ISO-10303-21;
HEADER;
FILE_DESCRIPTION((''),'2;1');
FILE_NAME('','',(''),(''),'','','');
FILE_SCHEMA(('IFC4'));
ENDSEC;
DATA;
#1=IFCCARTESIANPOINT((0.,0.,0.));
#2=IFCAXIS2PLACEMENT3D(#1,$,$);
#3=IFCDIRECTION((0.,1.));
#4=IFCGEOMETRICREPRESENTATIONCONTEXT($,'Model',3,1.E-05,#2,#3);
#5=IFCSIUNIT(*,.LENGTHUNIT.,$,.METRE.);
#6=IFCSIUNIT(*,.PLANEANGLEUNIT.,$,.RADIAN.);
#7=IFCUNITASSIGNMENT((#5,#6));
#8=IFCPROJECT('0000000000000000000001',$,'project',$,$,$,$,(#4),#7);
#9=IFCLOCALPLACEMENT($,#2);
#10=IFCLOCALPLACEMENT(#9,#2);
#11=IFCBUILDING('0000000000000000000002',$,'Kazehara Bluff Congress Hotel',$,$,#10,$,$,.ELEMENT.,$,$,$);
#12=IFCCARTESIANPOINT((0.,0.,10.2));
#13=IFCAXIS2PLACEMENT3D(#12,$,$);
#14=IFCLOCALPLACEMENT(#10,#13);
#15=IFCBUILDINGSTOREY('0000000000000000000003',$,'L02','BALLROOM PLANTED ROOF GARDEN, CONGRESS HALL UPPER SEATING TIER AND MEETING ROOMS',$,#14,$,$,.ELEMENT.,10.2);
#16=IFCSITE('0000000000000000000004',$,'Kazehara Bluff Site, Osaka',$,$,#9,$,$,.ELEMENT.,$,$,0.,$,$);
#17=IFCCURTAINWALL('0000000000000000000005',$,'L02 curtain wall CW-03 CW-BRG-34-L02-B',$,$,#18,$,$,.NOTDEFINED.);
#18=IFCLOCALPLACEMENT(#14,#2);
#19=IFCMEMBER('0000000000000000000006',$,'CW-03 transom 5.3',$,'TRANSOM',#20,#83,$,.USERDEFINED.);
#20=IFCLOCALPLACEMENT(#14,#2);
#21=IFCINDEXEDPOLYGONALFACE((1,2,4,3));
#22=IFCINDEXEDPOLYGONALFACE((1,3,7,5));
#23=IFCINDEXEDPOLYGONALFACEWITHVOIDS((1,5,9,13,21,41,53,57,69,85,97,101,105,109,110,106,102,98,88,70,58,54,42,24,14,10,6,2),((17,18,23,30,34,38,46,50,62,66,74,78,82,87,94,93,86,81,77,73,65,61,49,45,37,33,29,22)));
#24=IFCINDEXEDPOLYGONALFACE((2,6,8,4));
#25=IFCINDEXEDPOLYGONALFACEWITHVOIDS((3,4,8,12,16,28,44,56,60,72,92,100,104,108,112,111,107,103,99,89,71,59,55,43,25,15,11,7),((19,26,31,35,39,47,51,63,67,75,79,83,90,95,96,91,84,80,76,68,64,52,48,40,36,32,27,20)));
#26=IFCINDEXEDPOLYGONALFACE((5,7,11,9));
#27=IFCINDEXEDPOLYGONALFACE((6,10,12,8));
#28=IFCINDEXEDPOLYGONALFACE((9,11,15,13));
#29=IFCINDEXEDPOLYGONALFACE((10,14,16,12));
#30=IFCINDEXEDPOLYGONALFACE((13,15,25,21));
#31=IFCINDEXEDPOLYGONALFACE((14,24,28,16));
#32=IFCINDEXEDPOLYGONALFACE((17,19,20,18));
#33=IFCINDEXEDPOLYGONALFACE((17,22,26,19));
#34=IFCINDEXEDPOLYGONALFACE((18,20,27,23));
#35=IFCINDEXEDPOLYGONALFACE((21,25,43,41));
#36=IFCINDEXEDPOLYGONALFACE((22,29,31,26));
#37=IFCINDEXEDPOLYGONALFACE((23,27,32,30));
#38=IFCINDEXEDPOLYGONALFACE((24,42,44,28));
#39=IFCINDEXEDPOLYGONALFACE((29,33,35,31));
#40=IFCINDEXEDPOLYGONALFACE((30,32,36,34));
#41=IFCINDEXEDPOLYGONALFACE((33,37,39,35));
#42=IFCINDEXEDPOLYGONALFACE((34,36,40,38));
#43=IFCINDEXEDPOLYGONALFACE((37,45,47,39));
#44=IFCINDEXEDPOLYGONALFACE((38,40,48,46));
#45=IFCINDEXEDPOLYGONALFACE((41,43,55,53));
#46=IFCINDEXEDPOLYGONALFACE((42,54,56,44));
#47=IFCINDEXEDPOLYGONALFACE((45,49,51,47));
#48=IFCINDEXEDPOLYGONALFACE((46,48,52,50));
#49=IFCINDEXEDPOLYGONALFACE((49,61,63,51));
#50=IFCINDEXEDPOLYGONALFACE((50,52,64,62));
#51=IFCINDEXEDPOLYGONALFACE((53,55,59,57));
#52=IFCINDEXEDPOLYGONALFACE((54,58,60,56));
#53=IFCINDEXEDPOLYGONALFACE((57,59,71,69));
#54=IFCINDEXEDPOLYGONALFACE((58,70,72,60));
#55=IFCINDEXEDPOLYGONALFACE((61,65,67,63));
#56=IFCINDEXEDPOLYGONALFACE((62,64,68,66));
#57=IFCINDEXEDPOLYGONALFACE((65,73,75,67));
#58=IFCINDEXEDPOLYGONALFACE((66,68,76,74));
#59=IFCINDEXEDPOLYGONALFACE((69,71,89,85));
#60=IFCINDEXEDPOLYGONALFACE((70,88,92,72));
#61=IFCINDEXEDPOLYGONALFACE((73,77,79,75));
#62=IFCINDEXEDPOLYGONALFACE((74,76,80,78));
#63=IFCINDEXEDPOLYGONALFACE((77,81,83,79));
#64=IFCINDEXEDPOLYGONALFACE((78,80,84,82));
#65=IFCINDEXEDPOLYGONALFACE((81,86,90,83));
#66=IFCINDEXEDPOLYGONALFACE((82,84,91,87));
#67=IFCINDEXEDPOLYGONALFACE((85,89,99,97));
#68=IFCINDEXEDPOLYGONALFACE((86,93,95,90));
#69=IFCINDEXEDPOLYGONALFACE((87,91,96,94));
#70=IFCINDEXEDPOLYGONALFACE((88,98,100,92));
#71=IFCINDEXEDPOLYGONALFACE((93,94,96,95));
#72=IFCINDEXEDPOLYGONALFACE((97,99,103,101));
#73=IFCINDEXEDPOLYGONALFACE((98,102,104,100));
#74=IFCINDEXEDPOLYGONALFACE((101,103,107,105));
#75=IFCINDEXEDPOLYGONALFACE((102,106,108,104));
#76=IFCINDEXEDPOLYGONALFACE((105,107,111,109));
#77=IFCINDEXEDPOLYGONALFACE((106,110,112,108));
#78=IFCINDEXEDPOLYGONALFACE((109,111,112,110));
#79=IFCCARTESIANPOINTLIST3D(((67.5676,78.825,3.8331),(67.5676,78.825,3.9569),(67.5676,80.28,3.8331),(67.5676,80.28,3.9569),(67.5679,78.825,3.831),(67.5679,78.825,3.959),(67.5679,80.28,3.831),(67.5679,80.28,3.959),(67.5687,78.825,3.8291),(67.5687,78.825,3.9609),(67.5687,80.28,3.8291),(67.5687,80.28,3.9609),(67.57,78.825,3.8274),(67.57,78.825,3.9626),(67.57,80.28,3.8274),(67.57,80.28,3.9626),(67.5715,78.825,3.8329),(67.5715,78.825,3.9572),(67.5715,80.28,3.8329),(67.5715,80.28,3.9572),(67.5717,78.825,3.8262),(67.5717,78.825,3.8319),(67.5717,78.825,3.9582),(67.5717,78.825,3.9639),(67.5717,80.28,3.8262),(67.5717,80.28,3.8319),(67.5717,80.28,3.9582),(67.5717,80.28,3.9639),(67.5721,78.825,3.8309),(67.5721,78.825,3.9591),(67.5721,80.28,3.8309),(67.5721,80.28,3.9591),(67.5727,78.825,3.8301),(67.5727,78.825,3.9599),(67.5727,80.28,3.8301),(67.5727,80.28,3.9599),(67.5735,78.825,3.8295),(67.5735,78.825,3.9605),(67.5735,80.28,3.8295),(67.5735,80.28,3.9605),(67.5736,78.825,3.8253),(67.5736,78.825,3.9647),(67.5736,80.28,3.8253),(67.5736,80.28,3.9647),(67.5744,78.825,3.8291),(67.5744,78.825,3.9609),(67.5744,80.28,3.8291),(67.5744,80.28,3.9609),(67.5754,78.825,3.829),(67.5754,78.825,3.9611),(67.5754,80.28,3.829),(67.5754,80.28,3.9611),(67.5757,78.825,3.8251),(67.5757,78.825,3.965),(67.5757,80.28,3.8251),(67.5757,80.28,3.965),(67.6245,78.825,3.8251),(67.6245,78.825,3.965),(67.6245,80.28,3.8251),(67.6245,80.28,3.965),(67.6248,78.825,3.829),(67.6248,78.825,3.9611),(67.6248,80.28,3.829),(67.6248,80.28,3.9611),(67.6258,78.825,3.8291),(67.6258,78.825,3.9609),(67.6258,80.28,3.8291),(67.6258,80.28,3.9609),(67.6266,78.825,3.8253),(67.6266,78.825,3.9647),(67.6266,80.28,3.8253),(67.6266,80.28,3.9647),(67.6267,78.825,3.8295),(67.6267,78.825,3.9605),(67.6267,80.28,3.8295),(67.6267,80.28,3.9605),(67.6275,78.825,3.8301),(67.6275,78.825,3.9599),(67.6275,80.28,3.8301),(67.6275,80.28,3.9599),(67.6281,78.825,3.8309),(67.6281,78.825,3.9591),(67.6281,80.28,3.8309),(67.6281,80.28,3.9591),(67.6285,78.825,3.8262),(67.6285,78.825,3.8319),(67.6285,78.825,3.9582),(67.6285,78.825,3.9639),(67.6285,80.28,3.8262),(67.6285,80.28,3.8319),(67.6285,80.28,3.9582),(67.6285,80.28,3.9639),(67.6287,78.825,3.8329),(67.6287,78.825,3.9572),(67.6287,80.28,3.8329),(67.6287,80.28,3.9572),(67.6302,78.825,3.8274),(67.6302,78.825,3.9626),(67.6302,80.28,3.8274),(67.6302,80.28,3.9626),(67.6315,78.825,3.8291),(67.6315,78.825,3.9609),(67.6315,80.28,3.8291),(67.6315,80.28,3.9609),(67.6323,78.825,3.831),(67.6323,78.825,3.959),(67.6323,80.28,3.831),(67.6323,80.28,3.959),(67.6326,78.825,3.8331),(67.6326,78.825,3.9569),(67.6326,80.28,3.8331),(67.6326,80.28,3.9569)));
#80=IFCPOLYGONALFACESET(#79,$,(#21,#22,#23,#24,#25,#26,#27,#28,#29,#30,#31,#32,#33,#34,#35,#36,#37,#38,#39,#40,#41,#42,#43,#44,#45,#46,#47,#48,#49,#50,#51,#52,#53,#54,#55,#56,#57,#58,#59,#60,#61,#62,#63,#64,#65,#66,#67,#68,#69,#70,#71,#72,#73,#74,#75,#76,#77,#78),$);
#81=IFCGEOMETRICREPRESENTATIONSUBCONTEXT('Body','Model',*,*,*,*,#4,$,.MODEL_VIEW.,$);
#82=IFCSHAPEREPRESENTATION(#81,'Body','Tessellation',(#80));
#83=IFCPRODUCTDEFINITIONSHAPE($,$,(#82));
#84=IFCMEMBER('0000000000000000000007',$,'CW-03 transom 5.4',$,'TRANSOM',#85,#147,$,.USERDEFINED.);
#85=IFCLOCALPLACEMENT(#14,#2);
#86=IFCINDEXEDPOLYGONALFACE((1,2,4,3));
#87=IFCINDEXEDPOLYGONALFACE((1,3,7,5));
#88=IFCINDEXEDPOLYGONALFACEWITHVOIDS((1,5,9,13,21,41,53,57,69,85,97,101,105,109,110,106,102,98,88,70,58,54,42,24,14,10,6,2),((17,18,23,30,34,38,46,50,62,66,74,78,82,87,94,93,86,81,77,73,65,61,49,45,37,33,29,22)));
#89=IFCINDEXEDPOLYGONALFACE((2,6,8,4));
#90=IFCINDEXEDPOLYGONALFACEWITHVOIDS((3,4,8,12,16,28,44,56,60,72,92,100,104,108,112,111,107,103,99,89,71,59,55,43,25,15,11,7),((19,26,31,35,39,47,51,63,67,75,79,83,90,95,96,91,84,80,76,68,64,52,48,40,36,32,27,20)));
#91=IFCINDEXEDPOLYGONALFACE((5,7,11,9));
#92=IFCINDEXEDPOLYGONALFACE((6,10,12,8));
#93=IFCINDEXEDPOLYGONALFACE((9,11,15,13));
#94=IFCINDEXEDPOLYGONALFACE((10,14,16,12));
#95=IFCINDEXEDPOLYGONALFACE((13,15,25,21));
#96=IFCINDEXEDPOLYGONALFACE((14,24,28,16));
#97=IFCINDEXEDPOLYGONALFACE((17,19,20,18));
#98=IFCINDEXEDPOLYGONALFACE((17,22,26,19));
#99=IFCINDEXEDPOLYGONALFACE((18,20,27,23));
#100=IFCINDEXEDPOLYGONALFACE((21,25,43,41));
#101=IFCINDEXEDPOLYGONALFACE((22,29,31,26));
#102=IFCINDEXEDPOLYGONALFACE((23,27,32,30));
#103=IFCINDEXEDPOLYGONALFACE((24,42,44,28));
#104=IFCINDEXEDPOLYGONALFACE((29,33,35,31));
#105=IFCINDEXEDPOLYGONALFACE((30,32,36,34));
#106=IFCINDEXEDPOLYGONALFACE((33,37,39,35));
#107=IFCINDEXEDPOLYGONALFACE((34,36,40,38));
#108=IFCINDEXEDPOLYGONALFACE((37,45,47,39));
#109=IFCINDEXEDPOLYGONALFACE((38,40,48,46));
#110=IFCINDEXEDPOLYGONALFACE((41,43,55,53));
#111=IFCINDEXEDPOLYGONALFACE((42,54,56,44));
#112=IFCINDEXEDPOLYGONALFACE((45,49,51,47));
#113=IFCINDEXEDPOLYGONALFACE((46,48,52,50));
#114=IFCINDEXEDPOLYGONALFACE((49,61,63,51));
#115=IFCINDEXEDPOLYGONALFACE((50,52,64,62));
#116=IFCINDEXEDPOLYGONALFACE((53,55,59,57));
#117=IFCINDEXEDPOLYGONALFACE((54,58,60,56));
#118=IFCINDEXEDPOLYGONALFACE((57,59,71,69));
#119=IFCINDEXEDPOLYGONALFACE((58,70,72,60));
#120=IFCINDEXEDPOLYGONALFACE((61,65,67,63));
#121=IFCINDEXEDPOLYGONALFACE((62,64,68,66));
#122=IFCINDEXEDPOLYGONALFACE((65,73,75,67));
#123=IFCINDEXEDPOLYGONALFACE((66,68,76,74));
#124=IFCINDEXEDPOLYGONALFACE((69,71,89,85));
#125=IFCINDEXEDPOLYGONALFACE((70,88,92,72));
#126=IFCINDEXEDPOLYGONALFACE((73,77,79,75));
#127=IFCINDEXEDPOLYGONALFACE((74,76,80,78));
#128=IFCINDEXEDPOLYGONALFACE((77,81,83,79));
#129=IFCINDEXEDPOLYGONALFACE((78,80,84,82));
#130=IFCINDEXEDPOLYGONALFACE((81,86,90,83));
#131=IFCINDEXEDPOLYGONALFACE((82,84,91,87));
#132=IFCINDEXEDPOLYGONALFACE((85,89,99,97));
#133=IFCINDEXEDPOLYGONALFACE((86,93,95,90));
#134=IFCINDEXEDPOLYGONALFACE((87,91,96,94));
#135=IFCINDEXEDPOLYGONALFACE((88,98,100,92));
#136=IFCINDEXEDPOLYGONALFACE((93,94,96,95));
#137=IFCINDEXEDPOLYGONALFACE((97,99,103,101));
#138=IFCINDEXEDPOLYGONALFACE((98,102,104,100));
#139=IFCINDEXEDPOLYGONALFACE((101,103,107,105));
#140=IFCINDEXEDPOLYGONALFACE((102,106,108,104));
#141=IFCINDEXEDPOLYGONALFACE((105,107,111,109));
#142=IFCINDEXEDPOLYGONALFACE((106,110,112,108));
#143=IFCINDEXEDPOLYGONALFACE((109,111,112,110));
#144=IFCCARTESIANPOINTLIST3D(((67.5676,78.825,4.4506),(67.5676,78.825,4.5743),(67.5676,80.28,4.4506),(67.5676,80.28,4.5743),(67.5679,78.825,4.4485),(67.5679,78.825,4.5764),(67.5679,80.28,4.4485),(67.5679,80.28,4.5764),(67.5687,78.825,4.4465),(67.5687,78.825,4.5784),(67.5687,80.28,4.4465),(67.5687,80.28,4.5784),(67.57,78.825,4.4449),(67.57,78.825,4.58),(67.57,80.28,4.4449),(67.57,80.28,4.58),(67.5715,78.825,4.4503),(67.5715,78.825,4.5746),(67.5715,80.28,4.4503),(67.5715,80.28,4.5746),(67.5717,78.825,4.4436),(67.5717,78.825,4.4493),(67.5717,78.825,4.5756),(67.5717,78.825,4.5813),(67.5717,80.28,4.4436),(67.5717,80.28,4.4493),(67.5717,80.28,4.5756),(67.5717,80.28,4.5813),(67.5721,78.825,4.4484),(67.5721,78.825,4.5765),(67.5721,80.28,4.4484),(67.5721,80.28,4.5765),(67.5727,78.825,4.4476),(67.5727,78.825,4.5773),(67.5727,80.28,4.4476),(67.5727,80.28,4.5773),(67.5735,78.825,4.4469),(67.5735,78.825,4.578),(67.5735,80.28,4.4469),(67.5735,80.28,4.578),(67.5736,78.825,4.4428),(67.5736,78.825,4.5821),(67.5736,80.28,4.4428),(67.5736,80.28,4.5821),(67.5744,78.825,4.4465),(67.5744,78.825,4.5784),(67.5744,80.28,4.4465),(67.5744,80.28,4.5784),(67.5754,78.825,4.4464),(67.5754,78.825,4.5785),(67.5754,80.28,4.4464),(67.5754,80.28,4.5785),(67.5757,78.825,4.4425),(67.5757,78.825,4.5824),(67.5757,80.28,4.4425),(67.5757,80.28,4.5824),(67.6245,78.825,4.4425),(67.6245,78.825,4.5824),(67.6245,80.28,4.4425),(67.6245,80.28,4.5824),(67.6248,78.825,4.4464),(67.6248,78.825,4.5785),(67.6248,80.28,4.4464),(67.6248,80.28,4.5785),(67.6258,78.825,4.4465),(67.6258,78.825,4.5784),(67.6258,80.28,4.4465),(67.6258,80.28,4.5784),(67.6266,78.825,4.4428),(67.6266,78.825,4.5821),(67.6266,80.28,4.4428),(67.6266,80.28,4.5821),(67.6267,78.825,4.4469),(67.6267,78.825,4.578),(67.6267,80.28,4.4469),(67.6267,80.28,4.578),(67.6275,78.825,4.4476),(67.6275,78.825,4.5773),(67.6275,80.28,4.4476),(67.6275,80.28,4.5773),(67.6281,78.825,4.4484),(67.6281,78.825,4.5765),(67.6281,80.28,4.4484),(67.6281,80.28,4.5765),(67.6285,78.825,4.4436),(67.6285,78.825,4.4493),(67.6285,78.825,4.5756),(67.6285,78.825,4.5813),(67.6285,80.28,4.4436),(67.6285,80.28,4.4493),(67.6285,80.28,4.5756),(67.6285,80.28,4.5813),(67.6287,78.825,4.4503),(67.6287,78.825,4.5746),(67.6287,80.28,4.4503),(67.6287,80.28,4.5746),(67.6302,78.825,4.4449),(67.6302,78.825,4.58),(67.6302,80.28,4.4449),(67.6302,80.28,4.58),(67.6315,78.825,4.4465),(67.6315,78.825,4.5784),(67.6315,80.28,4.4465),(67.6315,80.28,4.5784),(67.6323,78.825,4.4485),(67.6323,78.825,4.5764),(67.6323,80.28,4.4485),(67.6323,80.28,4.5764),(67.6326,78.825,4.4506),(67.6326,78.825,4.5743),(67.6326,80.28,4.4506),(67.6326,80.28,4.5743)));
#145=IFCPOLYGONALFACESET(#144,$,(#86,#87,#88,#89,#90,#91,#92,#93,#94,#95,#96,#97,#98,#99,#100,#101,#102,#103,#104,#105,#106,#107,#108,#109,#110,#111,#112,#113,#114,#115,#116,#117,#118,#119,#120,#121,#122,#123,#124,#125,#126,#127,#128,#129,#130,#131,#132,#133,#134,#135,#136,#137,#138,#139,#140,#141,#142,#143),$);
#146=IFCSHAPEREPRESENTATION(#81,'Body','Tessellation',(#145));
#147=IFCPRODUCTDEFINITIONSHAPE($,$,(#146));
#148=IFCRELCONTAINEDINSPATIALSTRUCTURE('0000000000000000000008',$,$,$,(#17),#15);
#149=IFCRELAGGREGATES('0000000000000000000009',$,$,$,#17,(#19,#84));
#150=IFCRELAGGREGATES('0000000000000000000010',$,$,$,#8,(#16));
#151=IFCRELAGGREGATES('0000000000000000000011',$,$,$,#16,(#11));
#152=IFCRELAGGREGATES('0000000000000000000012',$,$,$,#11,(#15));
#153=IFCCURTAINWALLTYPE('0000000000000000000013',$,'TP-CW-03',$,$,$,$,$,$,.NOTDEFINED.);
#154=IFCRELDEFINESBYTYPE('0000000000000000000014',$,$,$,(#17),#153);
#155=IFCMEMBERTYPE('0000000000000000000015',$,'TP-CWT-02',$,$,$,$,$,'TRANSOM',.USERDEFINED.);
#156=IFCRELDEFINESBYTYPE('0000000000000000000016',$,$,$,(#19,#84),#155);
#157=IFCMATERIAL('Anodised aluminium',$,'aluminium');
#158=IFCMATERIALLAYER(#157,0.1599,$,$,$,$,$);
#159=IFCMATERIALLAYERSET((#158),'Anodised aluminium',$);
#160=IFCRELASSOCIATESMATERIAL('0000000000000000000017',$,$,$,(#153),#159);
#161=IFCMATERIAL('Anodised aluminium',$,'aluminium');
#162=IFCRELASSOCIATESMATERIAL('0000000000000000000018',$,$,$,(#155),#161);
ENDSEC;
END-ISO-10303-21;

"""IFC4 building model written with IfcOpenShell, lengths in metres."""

from ifc_helpers import new_model, si_unit, direction, frame, origin, origin_2d, place, context, subcontext, project, spatial, hollow_rectangle, extrude, material, layer, layer_set, material_profile, profile_set, type_object, element, aggregate, save


model = new_model("IFC4")

# Units and contexts
model_context = context("Model", 3, precision=1e-05, world=origin(), true_north=direction((0.0, 1.0)))
body_context = subcontext(model_context, "Body", "Model", "MODEL_VIEW")
ifc_project = project(units=[si_unit("LENGTHUNIT", "METRE"), si_unit("PLANEANGLEUNIT", "RADIAN")], contexts=[model_context])

# Site, building, storey
site_placement = place(None, origin())
site = spatial("IfcSite", under=ifc_project, at=site_placement, Name="Kazehara Bluff Site, Osaka", CompositionType="ELEMENT", RefElevation=0.0)
building_placement = place(site_placement, origin())
building = spatial("IfcBuilding", under=site, at=building_placement, Name="Kazehara Bluff Congress Hotel", CompositionType="ELEMENT")
storey_placement = place(building_placement, frame((0.0, 0.0, 10.2)))
storey = spatial("IfcBuildingStorey", under=building, at=storey_placement, Name="L02", Description="BALLROOM PLANTED ROOF GARDEN, CONGRESS HALL UPPER SEATING TIER AND MEETING ROOMS", CompositionType="ELEMENT", Elevation=10.2)

# Curtain wall
ifc_material_1 = material(Name="Anodised aluminium", Category="aluminium")
ifc_layer_1 = layer(ifc_material_1, 0.1599)
ifc_layer_set_1 = layer_set([ifc_layer_1], Name="Anodised aluminium")
curtain_wall_type_1 = type_object("IfcCurtainWallType", Name="TP-CW-03", PredefinedType="NOTDEFINED", material=ifc_layer_set_1)
curtain_wall_1_placement = place(storey_placement, origin())
curtain_wall_1 = element("IfcCurtainWall", 1, at=curtain_wall_1_placement, inside=storey, type_object=curtain_wall_type_1, Name="L02 curtain wall CW-03 CW-BRG-34-L02-B", PredefinedType="NOTDEFINED")

# Members
ifc_material_2 = material(Name="Anodised aluminium", Category="aluminium")
ifc_material_profile_1 = material_profile(ifc_material_2, hollow_rectangle(XDim=0.0649, YDim=0.1399, WallThickness=0.0039, InnerFilletRadius=0.0039, OuterFilletRadius=0.0081, at=origin_2d()))
ifc_profile_set_1 = profile_set([ifc_material_profile_1], Name="Anodised aluminium")
member_type_1 = type_object("IfcMemberType", Name="TP-CWT-02", ElementType="TRANSOM", PredefinedType="USERDEFINED", material=ifc_profile_set_1)
member_1_placement = place(storey_placement, frame((67.6001, 78.825, 3.895), z_axis=(0.0, 1.0, 0.0), x_axis=(-1.0, 0.0, 0.0)))
member_1 = element("IfcMember", 2, at=member_1_placement, type_object=member_type_1, Name="CW-03 transom 5.3", ObjectType="TRANSOM", PredefinedType="USERDEFINED", context=body_context, shape_type="SweptSolid", body=[
    extrude(hollow_rectangle(XDim=0.0649, YDim=0.1399, WallThickness=0.0039, InnerFilletRadius=0.0039, OuterFilletRadius=0.0081, at=origin_2d()), origin(), (0.0, 0.0, 1.0), 1.4551),
])
member_2_placement = place(storey_placement, frame((67.6001, 78.825, 4.5125), z_axis=(0.0, 1.0, 0.0), x_axis=(-1.0, 0.0, 0.0)))
member_2 = element("IfcMember", 3, at=member_2_placement, type_object=member_type_1, Name="CW-03 transom 5.4", ObjectType="TRANSOM", PredefinedType="USERDEFINED", context=body_context, shape_type="SweptSolid", body=[
    extrude(hollow_rectangle(XDim=0.0649, YDim=0.1399, WallThickness=0.0039, InnerFilletRadius=0.0039, OuterFilletRadius=0.0081, at=origin_2d()), origin(), (0.0, 0.0, 1.0), 1.4551),
])

aggregate(curtain_wall_1, [member_1, member_2])

save(model, "model.ifc")
